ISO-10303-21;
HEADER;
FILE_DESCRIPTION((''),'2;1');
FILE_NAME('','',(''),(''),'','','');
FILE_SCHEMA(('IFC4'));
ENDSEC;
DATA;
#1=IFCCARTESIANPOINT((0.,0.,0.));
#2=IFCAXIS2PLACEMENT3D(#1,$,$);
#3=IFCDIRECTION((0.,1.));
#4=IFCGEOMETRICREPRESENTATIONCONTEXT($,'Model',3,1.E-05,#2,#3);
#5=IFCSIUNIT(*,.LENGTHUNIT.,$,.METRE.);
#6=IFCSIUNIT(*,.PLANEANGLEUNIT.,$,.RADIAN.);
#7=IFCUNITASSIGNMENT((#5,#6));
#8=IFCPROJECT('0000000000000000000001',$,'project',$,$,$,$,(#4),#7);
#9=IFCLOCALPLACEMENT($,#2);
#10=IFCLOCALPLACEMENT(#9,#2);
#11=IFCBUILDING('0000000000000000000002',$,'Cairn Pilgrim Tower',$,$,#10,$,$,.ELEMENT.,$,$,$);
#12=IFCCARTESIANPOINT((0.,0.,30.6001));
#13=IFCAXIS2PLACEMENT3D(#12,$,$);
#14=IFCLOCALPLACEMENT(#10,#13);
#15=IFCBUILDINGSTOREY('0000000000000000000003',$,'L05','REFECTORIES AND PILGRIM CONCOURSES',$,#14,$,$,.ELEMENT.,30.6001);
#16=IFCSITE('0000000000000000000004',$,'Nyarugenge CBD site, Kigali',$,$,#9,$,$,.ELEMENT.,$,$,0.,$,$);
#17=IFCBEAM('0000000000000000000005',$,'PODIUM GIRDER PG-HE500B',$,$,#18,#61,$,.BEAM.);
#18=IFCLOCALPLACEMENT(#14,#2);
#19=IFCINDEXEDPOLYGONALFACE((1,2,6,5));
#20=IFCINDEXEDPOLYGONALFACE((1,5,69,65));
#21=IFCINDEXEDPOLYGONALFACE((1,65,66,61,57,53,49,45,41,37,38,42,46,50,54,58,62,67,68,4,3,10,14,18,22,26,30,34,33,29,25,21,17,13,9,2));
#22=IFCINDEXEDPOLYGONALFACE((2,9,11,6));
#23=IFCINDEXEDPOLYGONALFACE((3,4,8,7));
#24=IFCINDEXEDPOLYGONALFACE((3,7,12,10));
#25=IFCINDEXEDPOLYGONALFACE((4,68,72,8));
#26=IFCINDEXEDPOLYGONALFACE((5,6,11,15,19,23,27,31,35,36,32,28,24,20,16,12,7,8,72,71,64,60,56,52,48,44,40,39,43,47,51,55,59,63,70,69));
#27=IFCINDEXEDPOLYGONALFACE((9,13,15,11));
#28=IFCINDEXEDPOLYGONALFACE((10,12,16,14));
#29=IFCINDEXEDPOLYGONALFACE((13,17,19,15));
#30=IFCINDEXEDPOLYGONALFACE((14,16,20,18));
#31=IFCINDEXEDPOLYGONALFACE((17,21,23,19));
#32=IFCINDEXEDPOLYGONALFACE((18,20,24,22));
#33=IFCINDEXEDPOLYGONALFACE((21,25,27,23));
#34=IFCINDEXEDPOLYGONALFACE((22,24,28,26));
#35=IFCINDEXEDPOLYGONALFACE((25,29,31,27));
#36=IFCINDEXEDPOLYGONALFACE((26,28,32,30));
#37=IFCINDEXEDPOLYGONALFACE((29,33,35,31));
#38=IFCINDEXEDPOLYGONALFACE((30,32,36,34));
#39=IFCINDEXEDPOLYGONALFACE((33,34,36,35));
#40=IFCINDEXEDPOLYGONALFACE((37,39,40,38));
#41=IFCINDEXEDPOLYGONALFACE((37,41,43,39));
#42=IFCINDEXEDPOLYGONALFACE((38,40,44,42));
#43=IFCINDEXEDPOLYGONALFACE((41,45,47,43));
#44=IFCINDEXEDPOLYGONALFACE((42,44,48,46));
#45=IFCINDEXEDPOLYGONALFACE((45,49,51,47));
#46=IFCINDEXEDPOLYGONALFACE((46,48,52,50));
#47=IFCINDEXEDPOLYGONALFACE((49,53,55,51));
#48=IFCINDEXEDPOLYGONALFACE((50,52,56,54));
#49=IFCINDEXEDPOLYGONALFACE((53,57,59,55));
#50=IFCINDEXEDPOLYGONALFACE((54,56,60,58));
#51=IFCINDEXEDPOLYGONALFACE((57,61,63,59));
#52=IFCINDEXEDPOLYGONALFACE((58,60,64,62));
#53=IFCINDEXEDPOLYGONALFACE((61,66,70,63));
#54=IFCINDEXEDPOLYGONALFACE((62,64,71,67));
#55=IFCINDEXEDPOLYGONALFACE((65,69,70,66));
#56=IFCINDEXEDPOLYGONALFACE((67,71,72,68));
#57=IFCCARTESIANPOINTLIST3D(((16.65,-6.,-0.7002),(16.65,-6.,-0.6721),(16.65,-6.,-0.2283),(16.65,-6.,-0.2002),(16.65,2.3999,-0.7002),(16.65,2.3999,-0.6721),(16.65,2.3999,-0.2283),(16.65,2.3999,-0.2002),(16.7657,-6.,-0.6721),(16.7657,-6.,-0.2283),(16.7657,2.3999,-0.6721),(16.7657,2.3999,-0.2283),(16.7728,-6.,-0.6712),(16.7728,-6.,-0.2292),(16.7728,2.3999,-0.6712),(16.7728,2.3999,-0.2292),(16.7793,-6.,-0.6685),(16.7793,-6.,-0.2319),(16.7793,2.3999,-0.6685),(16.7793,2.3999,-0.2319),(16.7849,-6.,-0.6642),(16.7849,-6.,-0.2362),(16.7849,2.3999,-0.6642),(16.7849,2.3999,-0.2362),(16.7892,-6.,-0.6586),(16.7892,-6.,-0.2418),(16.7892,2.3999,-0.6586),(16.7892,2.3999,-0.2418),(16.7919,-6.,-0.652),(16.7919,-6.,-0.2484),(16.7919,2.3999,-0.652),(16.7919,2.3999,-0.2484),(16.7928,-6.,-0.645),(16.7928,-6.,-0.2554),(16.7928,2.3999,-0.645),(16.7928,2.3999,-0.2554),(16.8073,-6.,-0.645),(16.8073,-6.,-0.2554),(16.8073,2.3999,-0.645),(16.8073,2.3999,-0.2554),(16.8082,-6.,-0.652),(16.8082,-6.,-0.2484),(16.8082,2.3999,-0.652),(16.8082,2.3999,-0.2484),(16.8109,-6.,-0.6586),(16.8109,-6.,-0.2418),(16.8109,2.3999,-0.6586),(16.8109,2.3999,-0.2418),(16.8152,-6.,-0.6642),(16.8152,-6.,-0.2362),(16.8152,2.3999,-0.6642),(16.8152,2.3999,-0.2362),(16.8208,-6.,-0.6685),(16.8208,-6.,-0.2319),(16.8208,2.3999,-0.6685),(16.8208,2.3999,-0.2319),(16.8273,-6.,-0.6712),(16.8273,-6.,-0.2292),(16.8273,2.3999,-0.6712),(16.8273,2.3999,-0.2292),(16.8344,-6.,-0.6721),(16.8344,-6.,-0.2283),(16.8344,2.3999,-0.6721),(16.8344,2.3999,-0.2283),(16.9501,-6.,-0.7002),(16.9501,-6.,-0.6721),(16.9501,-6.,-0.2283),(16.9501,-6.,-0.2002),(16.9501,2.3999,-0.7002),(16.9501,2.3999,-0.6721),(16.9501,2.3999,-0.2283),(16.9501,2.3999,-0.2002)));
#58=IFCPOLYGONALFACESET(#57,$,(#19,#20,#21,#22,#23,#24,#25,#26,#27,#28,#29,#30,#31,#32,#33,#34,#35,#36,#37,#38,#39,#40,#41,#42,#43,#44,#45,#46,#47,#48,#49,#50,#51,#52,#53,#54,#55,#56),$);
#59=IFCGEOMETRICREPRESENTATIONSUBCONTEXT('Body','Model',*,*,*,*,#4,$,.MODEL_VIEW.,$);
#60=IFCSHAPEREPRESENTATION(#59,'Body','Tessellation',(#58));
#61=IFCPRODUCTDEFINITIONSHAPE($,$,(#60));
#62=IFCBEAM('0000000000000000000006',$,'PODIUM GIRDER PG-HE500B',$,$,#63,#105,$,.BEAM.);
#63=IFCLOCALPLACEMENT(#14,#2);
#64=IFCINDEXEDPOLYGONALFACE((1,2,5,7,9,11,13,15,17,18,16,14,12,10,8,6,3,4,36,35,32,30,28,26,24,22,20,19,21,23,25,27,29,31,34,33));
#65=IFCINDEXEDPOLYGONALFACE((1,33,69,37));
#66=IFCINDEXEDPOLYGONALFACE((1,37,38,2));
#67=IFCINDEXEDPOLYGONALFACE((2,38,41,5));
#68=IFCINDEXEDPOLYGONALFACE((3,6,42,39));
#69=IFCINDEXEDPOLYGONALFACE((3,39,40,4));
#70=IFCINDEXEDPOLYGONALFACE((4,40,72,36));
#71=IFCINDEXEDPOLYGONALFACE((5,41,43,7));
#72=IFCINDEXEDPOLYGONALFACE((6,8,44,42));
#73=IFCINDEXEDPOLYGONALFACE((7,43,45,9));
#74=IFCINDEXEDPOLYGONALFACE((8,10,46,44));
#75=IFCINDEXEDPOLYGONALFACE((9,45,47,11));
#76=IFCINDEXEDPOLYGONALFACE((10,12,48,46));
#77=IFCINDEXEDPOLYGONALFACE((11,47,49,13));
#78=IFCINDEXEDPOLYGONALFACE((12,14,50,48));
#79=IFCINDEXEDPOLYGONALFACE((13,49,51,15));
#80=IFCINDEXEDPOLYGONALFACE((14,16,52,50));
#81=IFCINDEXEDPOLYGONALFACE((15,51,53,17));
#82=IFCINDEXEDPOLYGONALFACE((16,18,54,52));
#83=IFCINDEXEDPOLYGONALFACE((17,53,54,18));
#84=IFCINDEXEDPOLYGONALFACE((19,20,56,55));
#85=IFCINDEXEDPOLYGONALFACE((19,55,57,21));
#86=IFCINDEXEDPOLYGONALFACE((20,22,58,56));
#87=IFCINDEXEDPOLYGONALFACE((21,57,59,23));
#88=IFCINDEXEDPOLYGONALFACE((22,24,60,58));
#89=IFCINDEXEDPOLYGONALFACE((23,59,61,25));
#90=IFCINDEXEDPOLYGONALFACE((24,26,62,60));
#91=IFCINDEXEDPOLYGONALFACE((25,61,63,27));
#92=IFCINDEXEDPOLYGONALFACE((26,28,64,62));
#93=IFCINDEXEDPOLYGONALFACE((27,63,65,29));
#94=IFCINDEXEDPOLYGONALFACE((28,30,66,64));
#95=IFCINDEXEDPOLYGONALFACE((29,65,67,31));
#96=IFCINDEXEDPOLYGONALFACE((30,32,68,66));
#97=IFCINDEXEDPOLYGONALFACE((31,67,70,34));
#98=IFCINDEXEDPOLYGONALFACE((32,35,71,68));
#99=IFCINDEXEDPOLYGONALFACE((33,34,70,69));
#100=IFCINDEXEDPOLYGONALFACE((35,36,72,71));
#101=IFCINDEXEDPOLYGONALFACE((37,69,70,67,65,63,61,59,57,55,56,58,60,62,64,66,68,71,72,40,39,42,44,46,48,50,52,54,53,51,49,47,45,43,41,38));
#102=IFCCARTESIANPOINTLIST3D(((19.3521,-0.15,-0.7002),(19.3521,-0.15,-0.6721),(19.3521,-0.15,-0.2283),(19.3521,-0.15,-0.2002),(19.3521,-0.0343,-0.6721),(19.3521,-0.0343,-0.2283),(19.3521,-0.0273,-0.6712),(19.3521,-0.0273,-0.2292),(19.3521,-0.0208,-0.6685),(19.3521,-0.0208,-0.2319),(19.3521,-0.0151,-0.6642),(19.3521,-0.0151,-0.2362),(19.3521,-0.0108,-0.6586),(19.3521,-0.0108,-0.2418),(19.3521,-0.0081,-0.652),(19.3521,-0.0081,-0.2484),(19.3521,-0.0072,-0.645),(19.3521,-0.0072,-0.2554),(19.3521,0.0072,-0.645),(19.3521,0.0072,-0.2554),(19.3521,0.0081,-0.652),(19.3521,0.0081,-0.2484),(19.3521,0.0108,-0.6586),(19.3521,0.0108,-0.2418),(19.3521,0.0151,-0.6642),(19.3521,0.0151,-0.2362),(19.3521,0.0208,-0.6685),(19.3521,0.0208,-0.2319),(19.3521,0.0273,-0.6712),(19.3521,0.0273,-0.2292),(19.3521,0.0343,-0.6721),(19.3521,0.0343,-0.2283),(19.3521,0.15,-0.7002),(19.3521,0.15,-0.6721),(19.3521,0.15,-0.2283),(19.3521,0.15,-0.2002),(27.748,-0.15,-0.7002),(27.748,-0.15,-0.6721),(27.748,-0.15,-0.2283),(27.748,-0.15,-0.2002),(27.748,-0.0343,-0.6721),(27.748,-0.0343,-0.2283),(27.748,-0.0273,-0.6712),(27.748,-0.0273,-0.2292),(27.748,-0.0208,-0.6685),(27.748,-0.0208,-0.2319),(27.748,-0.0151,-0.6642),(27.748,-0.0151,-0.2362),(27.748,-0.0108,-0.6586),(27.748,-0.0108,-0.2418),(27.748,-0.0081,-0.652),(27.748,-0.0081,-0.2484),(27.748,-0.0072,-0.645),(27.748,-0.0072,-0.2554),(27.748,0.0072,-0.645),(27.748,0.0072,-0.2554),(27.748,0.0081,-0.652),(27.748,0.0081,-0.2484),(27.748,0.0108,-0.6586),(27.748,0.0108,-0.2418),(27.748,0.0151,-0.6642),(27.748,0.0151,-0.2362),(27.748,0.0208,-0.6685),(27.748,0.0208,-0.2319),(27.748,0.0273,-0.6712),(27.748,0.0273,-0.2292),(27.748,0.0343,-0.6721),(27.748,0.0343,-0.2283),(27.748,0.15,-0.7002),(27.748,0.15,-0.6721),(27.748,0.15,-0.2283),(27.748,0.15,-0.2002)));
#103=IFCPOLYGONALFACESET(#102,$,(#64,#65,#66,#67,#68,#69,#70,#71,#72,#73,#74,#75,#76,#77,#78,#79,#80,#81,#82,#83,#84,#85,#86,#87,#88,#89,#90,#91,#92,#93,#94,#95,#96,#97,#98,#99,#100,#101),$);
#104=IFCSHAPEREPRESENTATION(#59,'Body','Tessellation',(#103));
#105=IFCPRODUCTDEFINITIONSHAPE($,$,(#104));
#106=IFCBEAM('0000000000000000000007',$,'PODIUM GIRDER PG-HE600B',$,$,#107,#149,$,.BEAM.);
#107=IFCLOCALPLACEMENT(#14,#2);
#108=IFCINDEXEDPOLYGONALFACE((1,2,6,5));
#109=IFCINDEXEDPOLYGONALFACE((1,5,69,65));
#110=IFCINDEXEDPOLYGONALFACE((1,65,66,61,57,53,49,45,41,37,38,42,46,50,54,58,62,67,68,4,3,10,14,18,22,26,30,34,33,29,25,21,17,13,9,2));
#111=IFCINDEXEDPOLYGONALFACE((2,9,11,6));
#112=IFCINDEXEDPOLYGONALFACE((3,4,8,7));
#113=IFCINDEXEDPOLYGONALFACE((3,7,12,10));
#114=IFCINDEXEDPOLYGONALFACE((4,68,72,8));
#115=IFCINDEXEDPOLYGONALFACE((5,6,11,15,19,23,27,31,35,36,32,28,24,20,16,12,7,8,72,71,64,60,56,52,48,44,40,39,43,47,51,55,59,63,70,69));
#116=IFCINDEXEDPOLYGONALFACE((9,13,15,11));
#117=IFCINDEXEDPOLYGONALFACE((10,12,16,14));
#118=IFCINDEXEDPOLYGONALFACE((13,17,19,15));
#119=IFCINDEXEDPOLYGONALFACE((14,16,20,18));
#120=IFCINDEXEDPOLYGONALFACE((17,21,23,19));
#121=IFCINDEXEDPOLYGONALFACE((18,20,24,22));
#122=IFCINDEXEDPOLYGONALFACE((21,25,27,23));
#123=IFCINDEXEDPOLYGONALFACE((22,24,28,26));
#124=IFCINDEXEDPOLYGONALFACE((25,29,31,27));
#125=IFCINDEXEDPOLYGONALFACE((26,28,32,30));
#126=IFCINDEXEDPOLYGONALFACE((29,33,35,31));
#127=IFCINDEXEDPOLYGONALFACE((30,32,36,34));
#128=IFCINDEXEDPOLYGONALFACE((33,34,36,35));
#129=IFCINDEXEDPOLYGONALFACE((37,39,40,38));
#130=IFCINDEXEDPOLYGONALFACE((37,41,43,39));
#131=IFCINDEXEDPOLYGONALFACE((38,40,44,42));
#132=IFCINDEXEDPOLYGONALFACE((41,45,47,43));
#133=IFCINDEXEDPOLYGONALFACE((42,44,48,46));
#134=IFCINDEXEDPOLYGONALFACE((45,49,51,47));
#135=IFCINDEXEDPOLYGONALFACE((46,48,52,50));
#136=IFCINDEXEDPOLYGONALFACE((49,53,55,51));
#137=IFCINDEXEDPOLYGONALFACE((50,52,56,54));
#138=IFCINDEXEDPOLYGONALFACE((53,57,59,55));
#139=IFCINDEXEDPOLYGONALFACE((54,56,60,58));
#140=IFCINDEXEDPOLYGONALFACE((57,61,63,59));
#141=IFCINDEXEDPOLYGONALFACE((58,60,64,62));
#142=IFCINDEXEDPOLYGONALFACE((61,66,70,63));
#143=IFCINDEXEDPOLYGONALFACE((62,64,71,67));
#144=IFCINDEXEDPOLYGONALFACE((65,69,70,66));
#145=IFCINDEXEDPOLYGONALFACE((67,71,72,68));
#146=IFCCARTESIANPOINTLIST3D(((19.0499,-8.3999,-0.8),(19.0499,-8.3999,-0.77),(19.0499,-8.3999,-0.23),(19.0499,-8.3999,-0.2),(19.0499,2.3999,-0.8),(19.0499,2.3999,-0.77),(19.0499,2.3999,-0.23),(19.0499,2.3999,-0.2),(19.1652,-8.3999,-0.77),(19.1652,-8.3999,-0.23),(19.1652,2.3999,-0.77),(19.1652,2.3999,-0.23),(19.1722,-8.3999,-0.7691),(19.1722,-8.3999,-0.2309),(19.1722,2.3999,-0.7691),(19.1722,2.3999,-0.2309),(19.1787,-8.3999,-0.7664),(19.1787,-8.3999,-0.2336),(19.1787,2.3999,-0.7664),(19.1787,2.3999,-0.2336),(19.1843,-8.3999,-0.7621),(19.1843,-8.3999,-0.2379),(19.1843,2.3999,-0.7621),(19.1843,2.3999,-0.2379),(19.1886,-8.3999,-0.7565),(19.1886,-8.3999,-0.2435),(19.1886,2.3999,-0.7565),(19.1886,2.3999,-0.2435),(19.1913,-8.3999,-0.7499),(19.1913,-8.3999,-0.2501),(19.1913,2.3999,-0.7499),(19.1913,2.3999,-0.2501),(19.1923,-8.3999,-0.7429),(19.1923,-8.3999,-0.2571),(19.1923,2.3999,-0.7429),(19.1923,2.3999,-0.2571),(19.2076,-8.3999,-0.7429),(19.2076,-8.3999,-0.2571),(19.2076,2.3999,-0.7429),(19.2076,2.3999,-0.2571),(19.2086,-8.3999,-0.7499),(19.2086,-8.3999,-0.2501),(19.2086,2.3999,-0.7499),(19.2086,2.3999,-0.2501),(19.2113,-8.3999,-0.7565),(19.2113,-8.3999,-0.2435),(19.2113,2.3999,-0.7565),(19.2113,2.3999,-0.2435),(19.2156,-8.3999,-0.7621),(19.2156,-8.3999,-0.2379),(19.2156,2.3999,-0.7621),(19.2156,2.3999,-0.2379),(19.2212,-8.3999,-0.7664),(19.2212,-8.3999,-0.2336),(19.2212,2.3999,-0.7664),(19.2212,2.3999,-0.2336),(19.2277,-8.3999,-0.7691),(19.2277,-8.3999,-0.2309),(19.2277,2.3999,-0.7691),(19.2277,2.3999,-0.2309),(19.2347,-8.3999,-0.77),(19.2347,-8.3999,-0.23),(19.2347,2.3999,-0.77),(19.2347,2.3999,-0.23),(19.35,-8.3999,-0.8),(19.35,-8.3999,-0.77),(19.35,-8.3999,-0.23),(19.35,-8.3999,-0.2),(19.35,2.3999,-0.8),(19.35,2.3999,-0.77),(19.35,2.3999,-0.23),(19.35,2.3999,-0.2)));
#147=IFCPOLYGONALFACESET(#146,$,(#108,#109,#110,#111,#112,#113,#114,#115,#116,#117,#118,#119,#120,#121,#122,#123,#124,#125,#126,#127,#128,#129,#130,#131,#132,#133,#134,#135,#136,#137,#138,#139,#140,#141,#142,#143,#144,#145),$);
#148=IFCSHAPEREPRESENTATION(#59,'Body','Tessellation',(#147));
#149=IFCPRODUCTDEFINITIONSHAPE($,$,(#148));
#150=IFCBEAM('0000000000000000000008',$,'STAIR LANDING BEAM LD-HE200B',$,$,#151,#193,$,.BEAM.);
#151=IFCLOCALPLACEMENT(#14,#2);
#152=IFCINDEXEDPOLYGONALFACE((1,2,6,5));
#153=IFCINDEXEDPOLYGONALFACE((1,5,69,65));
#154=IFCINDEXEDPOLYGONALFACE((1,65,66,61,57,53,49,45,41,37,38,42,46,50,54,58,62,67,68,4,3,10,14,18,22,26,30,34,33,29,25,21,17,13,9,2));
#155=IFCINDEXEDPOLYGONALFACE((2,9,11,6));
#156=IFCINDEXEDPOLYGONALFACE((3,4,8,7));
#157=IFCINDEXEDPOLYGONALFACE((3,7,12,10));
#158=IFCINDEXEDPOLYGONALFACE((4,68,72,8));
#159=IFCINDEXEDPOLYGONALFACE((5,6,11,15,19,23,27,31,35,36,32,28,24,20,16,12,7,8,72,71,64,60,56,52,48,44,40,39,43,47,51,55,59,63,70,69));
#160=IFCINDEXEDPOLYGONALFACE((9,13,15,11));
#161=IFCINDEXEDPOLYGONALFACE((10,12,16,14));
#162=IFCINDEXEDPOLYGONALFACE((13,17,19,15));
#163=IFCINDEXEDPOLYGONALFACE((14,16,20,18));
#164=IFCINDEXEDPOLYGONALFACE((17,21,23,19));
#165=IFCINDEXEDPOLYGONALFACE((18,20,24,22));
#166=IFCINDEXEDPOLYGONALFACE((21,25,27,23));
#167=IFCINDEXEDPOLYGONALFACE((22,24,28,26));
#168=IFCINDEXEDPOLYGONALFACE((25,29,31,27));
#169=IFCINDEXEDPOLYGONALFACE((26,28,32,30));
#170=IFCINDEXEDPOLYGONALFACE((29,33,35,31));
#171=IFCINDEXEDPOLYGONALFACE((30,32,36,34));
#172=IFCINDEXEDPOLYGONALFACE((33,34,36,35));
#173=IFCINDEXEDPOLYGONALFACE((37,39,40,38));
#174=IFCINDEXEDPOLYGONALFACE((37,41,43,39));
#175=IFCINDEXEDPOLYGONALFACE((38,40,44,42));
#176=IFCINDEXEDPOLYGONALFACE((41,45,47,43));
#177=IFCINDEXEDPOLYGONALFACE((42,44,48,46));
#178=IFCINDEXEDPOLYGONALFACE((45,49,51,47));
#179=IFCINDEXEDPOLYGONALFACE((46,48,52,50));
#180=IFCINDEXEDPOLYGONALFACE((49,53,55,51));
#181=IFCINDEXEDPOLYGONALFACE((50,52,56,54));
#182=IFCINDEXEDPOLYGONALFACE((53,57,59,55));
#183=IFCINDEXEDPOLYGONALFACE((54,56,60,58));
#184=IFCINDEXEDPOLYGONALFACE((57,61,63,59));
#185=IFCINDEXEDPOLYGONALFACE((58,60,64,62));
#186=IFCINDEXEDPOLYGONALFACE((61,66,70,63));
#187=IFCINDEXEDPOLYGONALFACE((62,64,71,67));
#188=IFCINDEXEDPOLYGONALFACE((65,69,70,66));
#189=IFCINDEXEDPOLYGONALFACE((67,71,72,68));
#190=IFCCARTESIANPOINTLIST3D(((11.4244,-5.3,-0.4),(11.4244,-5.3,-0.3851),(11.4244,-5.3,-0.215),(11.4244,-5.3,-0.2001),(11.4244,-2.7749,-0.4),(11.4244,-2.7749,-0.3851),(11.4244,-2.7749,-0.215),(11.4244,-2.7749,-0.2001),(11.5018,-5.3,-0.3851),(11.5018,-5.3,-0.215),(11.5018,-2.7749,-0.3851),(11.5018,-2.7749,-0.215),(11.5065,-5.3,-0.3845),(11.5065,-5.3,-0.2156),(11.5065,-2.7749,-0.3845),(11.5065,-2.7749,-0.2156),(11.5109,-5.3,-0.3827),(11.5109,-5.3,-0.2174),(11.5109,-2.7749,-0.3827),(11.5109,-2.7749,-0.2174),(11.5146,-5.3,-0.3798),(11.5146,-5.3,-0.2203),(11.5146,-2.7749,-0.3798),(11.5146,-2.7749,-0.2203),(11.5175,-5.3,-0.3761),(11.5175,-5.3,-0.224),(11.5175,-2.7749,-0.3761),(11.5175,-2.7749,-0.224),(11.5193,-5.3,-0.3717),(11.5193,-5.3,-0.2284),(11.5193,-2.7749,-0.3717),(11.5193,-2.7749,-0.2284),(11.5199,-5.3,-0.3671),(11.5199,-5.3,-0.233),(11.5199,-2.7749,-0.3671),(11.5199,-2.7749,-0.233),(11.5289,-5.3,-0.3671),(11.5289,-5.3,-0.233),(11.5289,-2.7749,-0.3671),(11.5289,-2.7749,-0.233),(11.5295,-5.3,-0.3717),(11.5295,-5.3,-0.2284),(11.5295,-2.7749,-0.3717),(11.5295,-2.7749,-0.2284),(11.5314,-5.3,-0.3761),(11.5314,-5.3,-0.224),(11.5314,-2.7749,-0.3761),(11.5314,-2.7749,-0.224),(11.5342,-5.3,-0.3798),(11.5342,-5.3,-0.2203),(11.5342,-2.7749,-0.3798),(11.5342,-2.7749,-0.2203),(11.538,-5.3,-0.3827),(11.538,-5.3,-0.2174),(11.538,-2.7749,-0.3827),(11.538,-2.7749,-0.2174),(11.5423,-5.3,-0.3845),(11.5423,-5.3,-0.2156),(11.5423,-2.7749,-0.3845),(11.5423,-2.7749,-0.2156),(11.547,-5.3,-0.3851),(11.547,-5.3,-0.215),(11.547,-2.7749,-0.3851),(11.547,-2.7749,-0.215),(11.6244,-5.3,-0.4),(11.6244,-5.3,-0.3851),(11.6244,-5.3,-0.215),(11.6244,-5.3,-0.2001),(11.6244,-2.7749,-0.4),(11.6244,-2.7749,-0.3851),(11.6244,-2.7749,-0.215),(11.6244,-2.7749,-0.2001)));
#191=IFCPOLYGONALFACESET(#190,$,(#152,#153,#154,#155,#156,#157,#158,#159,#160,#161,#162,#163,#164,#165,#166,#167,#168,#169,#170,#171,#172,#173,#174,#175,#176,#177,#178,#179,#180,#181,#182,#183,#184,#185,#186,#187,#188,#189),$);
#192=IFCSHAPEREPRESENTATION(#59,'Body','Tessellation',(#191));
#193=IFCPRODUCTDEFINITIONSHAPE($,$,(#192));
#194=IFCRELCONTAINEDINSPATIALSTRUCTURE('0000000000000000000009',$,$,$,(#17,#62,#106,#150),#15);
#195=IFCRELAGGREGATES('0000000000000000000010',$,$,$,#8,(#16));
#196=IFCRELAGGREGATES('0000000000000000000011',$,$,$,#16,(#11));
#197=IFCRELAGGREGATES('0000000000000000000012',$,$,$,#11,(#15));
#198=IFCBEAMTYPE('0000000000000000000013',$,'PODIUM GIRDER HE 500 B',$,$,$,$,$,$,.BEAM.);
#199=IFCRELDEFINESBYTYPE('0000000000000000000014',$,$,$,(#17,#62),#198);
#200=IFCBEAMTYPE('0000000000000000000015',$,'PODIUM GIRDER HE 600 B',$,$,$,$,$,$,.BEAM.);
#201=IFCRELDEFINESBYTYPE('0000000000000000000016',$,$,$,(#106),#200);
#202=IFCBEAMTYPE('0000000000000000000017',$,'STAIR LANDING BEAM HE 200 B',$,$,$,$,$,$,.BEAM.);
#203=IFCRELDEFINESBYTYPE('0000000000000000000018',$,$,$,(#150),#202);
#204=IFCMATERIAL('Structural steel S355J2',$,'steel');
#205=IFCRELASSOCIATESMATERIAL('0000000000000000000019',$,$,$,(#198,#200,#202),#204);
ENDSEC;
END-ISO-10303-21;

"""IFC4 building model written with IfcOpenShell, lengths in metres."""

from ifc_helpers import new_model, si_unit, direction, frame, origin, origin_2d, place, context, subcontext, project, spatial, i_section, extrude, material, material_profile, profile_set, type_object, element, save


model = new_model("IFC4")

# Units and contexts
model_context = context("Model", 3, precision=1e-05, world=origin(), true_north=direction((0.0, 1.0)))
body_context = subcontext(model_context, "Body", "Model", "MODEL_VIEW")
ifc_project = project(units=[si_unit("LENGTHUNIT", "METRE"), si_unit("PLANEANGLEUNIT", "RADIAN")], contexts=[model_context])

# Site, building, storey
site_placement = place(None, origin())
site = spatial("IfcSite", under=ifc_project, at=site_placement, Name="Nyarugenge CBD site, Kigali", CompositionType="ELEMENT", RefElevation=0.0)
building_placement = place(site_placement, origin())
building = spatial("IfcBuilding", under=site, at=building_placement, Name="Cairn Pilgrim Tower", CompositionType="ELEMENT")
storey_placement = place(building_placement, frame((0.0, 0.0, 30.6001)))
storey = spatial("IfcBuildingStorey", under=building, at=storey_placement, Name="L05", Description="REFECTORIES AND PILGRIM CONCOURSES", CompositionType="ELEMENT", Elevation=30.6001)

# Beams
ifc_material_1 = material(Name="Structural steel S355J2", Category="steel")
ifc_material_profile_1 = material_profile(ifc_material_1, i_section(OverallWidth=0.3, OverallDepth=0.5, WebThickness=0.0144, FlangeThickness=0.0281, FilletRadius=0.0271, at=origin_2d()), Name="HEB 500")
ifc_profile_set_1 = profile_set([ifc_material_profile_1], Name="Structural steel S355J2")
beam_type_1 = type_object("IfcBeamType", Name="PODIUM GIRDER HE 500 B", PredefinedType="BEAM", material=ifc_profile_set_1)
beam_1_placement = place(storey_placement, frame((16.8, -6.0, -0.4502), z_axis=(0.0, 1.0, 0.0), x_axis=(-1.0, 0.0, 0.0)))
element("IfcBeam", 1, at=beam_1_placement, inside=storey, type_object=beam_type_1, Name="PODIUM GIRDER PG-HE500B", PredefinedType="BEAM", context=body_context, shape_type="SweptSolid", body=[
    extrude(i_section(OverallWidth=0.3, OverallDepth=0.5, WebThickness=0.0144, FlangeThickness=0.0281, FilletRadius=0.0271, at=origin_2d()), origin(), (0.0, 0.0, 1.0), 8.3999),
])
beam_2_placement = place(storey_placement, frame((19.3521, 0.0, -0.4502), z_axis=(1.0, 0.0, 0.0), x_axis=(0.0, 1.0, 0.0)))
element("IfcBeam", 2, at=beam_2_placement, inside=storey, type_object=beam_type_1, Name="PODIUM GIRDER PG-HE500B", PredefinedType="BEAM", context=body_context, shape_type="SweptSolid", body=[
    extrude(i_section(OverallWidth=0.3, OverallDepth=0.5, WebThickness=0.0144, FlangeThickness=0.0281, FilletRadius=0.0271, at=origin_2d()), origin(), (0.0, 0.0, 1.0), 8.396),
])
ifc_material_profile_2 = material_profile(ifc_material_1, i_section(OverallWidth=0.3, OverallDepth=0.6001, WebThickness=0.0154, FlangeThickness=0.03, FilletRadius=0.0271, at=origin_2d()), Name="HEB 600")
ifc_profile_set_2 = profile_set([ifc_material_profile_2], Name="Structural steel S355J2")
beam_type_2 = type_object("IfcBeamType", Name="PODIUM GIRDER HE 600 B", PredefinedType="BEAM", material=ifc_profile_set_2)
beam_3_placement = place(storey_placement, frame((19.2, -8.3999, -0.5), z_axis=(0.0, 1.0, 0.0), x_axis=(-1.0, 0.0, 0.0)))
element("IfcBeam", 3, at=beam_3_placement, inside=storey, type_object=beam_type_2, Name="PODIUM GIRDER PG-HE600B", PredefinedType="BEAM", context=body_context, shape_type="SweptSolid", body=[
    extrude(i_section(OverallWidth=0.3, OverallDepth=0.6001, WebThickness=0.0154, FlangeThickness=0.03, FilletRadius=0.0271, at=origin_2d()), origin(), (0.0, 0.0, 1.0), 10.7998),
])
ifc_material_profile_3 = material_profile(ifc_material_1, i_section(OverallWidth=0.2, OverallDepth=0.2, WebThickness=0.009, FlangeThickness=0.0149, FilletRadius=0.0181, at=origin_2d()), Name="HE 200 B")
ifc_profile_set_3 = profile_set([ifc_material_profile_3], Name="Structural steel S355J2")
beam_type_3 = type_object("IfcBeamType", Name="STAIR LANDING BEAM HE 200 B", PredefinedType="BEAM", material=ifc_profile_set_3)
beam_4_placement = place(storey_placement, frame((11.5244, -2.7749, -0.3), z_axis=(0.0, -1.0, 0.0), x_axis=(1.0, 0.0, 0.0)))
element("IfcBeam", 4, at=beam_4_placement, inside=storey, type_object=beam_type_3, Name="STAIR LANDING BEAM LD-HE200B", PredefinedType="BEAM", context=body_context, shape_type="SweptSolid", body=[
    extrude(i_section(OverallWidth=0.2, OverallDepth=0.2, WebThickness=0.009, FlangeThickness=0.0149, FilletRadius=0.0181, at=origin_2d()), origin(), (0.0, 0.0, 1.0), 2.5251),
])

save(model, "model.ifc")
